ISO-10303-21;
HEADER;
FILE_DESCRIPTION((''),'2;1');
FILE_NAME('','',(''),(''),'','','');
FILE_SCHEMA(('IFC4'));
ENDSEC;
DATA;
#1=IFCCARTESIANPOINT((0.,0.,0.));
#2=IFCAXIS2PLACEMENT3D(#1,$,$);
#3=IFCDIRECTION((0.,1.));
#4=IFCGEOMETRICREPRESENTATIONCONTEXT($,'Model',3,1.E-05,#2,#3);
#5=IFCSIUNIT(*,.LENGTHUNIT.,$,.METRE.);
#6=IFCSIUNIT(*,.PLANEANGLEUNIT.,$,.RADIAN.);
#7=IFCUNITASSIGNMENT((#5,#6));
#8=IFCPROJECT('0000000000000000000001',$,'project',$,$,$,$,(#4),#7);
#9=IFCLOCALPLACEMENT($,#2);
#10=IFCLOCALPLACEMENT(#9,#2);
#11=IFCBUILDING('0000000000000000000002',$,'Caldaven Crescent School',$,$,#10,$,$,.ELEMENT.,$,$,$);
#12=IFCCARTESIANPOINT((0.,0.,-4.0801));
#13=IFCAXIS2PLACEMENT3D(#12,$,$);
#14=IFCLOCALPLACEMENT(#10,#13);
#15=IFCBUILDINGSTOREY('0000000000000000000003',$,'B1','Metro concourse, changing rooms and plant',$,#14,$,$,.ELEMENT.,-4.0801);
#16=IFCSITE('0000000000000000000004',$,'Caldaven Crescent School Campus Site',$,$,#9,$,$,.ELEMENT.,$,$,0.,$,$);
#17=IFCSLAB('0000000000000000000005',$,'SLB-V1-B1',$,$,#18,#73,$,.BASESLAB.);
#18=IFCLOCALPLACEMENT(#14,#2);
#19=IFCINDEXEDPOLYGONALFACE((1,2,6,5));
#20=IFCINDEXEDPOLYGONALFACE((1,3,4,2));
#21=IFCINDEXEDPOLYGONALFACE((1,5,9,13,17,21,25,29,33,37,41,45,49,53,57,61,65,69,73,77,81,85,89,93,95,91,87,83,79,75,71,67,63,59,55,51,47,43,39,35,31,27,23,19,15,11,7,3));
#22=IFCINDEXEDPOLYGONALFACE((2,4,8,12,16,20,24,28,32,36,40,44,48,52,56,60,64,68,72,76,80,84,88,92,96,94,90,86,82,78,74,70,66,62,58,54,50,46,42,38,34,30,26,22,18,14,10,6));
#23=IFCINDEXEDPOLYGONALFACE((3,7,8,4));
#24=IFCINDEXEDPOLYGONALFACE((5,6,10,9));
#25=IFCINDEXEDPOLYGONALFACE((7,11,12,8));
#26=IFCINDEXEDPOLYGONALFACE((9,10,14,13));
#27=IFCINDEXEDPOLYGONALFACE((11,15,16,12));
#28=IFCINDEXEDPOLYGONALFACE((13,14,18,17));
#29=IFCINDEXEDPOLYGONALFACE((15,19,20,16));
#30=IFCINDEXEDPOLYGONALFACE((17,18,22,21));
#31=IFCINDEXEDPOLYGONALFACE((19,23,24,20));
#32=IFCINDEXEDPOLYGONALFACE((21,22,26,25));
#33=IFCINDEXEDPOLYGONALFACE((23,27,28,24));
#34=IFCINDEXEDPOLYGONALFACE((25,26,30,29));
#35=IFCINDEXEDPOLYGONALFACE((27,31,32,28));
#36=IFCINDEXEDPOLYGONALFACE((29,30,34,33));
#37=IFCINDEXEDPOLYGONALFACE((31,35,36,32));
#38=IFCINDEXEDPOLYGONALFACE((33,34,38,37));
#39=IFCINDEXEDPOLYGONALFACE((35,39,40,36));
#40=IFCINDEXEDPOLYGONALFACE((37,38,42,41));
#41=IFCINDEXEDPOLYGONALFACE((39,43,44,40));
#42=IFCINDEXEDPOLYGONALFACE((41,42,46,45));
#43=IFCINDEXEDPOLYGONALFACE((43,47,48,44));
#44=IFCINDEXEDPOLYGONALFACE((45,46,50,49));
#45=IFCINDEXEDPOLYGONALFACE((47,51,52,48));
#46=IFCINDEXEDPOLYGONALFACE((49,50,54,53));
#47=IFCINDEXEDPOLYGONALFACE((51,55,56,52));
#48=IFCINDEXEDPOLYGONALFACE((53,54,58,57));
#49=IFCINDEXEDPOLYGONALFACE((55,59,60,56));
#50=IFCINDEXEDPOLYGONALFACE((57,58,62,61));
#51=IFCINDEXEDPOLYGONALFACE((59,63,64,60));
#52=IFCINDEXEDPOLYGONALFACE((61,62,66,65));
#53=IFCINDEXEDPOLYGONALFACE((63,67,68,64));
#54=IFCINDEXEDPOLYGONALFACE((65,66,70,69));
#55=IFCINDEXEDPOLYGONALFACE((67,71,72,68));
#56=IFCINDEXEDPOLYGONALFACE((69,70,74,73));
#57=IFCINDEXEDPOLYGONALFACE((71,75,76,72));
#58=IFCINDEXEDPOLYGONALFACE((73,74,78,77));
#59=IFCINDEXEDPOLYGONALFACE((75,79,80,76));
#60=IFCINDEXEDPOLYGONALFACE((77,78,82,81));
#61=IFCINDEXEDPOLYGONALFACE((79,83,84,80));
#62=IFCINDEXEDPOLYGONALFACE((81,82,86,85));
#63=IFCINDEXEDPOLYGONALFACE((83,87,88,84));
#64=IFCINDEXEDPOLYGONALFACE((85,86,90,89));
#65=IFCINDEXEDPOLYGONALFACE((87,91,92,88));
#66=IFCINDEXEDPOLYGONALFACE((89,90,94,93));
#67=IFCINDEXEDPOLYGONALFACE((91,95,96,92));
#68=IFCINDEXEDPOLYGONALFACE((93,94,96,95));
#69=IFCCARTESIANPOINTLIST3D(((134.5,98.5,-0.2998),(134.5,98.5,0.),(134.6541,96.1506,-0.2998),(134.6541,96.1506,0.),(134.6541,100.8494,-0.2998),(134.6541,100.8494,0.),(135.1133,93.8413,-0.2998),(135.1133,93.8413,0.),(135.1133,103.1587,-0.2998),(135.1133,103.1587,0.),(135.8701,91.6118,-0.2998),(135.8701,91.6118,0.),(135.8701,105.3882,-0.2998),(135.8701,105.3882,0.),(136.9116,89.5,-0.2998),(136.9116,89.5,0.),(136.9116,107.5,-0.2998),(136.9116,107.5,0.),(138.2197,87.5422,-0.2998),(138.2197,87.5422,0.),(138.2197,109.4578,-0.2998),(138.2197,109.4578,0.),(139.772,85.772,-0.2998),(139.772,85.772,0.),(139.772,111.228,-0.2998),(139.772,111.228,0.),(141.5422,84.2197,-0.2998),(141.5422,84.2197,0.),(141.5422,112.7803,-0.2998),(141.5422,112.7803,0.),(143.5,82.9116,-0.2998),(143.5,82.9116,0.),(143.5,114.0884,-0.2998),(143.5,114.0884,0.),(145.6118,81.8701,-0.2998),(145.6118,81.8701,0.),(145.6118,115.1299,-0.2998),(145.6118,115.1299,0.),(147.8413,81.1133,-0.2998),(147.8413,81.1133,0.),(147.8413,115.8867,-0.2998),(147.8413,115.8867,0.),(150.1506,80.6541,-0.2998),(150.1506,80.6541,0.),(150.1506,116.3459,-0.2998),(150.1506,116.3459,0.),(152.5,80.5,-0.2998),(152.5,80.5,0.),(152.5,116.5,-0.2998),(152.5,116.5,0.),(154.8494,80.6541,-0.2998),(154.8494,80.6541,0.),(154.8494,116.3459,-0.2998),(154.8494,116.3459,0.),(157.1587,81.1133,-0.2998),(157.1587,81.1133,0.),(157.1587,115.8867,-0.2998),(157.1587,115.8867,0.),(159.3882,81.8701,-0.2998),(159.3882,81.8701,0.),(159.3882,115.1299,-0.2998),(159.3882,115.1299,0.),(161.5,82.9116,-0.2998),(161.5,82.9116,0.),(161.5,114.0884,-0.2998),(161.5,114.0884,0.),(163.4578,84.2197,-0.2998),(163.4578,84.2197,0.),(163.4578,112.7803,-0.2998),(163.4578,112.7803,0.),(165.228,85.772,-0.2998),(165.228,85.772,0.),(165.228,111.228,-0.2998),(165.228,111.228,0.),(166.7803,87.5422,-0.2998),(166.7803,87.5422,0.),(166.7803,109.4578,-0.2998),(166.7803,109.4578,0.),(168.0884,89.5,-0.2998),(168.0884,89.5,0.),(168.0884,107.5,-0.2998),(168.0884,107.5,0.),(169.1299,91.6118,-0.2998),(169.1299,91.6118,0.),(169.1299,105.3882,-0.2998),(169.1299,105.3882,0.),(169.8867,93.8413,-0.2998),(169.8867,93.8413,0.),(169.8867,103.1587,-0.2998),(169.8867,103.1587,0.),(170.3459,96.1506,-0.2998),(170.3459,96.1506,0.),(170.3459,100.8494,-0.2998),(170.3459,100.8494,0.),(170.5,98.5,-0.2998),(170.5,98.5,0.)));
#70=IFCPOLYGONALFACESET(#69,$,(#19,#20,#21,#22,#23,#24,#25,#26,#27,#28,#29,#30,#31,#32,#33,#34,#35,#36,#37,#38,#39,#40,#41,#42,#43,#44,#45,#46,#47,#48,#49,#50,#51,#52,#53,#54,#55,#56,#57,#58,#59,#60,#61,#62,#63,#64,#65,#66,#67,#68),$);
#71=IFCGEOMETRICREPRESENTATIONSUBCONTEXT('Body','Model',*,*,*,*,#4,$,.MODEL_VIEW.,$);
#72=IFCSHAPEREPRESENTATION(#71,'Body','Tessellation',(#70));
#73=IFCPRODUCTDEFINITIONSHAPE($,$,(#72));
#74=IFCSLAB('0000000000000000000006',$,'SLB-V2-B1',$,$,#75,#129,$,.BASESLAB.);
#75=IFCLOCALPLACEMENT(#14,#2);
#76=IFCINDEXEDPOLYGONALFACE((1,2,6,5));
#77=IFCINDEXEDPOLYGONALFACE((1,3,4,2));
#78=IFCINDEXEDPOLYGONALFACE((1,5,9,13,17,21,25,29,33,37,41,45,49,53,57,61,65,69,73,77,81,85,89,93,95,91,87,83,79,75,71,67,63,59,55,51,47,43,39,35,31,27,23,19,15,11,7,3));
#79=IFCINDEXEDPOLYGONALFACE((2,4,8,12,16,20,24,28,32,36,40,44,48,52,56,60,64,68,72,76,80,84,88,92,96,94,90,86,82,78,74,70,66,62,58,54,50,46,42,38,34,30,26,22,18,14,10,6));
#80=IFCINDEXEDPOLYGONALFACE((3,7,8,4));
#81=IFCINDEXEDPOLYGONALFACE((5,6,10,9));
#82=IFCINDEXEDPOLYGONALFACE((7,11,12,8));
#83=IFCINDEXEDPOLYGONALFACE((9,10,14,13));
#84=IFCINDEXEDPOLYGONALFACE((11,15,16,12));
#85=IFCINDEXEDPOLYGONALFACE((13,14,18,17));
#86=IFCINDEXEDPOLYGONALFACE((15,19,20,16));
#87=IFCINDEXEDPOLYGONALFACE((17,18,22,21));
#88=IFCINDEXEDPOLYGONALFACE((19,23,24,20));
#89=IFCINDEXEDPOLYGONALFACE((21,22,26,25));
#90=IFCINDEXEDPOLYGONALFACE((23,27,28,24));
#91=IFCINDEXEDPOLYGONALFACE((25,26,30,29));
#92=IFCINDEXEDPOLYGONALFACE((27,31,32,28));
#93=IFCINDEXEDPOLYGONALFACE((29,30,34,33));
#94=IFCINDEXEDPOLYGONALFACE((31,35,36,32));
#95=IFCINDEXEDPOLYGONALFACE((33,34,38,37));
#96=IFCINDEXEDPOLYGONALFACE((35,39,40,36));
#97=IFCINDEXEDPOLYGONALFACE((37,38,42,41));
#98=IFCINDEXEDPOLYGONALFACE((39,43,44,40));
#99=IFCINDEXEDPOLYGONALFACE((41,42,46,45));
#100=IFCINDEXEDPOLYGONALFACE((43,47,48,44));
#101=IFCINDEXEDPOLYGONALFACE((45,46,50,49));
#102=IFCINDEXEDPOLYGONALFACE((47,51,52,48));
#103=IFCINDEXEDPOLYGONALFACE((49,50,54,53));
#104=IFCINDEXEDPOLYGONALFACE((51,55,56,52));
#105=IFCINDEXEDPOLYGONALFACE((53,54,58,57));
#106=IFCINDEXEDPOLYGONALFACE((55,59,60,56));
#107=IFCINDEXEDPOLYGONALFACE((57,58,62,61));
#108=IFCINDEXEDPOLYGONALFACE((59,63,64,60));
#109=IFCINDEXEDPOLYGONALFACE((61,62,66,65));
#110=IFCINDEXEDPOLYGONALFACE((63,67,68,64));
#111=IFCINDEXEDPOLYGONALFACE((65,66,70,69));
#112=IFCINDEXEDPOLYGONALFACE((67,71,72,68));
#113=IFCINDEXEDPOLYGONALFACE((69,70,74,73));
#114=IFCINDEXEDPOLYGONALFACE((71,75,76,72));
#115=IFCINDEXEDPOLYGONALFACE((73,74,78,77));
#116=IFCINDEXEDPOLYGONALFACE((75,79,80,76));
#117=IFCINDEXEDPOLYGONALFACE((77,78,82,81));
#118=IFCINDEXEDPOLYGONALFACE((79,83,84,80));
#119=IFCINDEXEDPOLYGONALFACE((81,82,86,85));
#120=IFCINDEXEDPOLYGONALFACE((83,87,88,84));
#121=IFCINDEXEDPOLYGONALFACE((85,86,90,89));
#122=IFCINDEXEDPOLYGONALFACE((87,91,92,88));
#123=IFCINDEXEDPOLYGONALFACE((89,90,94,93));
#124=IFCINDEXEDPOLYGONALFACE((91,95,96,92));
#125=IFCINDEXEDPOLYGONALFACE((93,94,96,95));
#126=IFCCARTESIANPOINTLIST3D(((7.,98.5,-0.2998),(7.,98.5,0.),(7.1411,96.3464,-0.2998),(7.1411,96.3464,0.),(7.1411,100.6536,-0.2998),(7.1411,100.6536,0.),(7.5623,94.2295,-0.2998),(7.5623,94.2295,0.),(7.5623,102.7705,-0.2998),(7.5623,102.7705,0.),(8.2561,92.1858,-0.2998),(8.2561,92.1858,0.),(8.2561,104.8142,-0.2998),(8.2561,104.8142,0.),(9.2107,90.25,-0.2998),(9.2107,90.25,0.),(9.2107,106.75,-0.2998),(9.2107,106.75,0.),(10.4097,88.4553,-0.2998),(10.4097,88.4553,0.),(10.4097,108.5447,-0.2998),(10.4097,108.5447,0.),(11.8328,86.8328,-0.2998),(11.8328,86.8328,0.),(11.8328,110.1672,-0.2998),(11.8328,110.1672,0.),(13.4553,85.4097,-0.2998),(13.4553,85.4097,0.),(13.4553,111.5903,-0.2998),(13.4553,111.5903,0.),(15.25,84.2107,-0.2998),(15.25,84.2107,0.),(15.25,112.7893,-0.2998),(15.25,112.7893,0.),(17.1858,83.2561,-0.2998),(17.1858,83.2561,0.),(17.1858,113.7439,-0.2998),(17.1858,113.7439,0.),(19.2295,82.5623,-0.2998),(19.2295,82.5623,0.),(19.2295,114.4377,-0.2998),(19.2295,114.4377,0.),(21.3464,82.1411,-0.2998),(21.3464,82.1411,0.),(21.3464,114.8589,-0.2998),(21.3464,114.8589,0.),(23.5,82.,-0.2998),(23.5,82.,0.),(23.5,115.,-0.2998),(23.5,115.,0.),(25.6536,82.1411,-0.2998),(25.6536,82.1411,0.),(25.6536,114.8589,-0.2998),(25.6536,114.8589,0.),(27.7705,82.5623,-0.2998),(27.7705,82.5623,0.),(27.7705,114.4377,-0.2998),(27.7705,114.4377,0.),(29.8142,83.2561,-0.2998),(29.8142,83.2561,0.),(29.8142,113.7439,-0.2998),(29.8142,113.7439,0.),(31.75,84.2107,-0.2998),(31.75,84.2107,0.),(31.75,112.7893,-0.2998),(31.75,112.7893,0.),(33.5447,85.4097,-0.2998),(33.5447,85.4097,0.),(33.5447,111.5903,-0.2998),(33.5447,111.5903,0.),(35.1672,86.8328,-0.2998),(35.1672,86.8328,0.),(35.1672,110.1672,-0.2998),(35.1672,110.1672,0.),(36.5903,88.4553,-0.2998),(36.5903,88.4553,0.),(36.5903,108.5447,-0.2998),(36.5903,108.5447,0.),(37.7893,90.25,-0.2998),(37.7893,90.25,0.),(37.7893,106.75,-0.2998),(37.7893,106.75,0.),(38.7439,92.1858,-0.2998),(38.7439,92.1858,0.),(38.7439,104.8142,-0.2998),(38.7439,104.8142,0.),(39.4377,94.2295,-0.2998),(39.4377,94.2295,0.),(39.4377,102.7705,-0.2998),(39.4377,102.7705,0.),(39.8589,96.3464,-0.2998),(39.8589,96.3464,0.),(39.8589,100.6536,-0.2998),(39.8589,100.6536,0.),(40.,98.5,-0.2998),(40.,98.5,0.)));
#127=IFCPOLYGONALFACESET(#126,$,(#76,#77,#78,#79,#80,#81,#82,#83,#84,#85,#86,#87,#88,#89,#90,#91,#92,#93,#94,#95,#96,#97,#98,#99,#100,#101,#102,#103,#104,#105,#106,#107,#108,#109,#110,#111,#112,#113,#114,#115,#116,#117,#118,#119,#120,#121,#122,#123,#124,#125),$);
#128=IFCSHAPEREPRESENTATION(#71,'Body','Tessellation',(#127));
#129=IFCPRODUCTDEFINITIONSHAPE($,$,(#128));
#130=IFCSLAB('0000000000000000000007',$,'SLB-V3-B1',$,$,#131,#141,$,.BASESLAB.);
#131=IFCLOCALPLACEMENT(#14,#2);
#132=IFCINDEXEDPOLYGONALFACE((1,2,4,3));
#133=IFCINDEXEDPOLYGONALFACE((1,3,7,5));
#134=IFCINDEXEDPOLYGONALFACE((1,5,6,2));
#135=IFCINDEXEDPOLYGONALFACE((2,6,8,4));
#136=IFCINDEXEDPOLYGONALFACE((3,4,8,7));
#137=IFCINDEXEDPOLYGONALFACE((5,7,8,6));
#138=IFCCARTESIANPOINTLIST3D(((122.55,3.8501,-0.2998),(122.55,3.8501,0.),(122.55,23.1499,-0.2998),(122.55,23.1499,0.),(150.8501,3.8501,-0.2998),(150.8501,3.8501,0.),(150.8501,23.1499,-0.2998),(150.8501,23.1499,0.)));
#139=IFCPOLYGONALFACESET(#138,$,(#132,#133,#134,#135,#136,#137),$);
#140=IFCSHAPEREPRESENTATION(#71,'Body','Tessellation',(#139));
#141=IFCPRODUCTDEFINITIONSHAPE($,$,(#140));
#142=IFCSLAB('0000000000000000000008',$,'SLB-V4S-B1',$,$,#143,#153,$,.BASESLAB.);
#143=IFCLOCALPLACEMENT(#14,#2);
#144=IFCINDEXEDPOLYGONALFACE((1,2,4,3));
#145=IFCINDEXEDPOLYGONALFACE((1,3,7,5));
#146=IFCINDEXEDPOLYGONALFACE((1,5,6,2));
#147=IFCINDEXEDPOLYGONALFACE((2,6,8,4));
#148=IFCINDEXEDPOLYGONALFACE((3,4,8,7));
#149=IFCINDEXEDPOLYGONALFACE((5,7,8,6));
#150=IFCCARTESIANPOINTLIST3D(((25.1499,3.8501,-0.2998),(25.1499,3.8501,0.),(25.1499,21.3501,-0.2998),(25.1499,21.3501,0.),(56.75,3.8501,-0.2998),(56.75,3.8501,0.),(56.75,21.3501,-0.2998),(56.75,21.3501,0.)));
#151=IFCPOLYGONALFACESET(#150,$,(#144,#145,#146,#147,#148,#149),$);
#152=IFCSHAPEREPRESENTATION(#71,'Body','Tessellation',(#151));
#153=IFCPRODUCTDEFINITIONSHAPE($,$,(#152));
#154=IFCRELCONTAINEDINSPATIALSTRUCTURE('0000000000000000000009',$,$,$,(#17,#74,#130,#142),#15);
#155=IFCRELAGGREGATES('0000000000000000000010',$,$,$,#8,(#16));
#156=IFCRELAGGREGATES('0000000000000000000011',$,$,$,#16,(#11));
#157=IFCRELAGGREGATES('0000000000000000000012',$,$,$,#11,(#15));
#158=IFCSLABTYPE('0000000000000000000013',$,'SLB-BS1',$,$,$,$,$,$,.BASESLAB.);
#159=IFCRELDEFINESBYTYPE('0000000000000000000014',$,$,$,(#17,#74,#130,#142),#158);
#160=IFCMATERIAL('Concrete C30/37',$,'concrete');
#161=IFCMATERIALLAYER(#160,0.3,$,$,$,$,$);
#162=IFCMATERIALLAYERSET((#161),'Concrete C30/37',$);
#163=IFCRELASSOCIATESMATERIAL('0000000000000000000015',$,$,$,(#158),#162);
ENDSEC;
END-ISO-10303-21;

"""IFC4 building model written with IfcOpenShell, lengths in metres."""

from ifc_helpers import new_model, si_unit, direction, frame, origin, place, context, subcontext, project, spatial, polyline, outline, extrude, material, layer, layer_set, type_object, element, save


model = new_model("IFC4")

# Units and contexts
model_context = context("Model", 3, precision=1e-05, world=origin(), true_north=direction((0.0, 1.0)))
body_context = subcontext(model_context, "Body", "Model", "MODEL_VIEW")
ifc_project = project(units=[si_unit("LENGTHUNIT", "METRE"), si_unit("PLANEANGLEUNIT", "RADIAN")], contexts=[model_context])

# Site, building, storey
site_placement = place(None, origin())
site = spatial("IfcSite", under=ifc_project, at=site_placement, Name="Caldaven Crescent School Campus Site", CompositionType="ELEMENT", RefElevation=0.0)
building_placement = place(site_placement, origin())
building = spatial("IfcBuilding", under=site, at=building_placement, Name="Caldaven Crescent School", CompositionType="ELEMENT")
storey_placement = place(building_placement, frame((0.0, 0.0, -4.0801)))
storey = spatial("IfcBuildingStorey", under=building, at=storey_placement, Name="B1", Description="Metro concourse, changing rooms and plant", CompositionType="ELEMENT", Elevation=-4.0801)

# Slabs
ifc_material_1 = material(Name="Concrete C30/37", Category="concrete")
ifc_layer_1 = layer(ifc_material_1, 0.3)
ifc_layer_set_1 = layer_set([ifc_layer_1], Name="Concrete C30/37")
slab_type = type_object("IfcSlabType", Name="SLB-BS1", PredefinedType="BASESLAB", material=ifc_layer_set_1)
slab_1_placement = place(storey_placement, frame((0.0, 0.0, -0.2998)))
element("IfcSlab", 1, at=slab_1_placement, inside=storey, type_object=slab_type, Name="SLB-V1-B1", PredefinedType="BASESLAB", context=body_context, shape_type="SweptSolid", body=[
    extrude(outline(polyline([(170.5, 98.5), (170.3459, 100.8494), (169.8867, 103.1587), (169.1299, 105.3882), (168.0884, 107.5), (166.7803, 109.4578), (165.228, 111.228), (163.4578, 112.7803), (161.5, 114.0884), (159.3882, 115.1299), (157.1587, 115.8867), (154.8494, 116.3459), (152.5, 116.5), (150.1506, 116.3459), (147.8413, 115.8867), (145.6118, 115.1299), (143.5, 114.0884), (141.5422, 112.7803), (139.772, 111.228), (138.2197, 109.4578), (136.9116, 107.5), (135.8701, 105.3882), (135.1133, 103.1587), (134.6541, 100.8494), (134.5, 98.5), (134.6541, 96.1506), (135.1133, 93.8413), (135.8701, 91.6118), (136.9116, 89.5), (138.2197, 87.5422), (139.772, 85.772), (141.5422, 84.2197), (143.5, 82.9116), (145.6118, 81.8701), (147.8413, 81.1133), (150.1506, 80.6541), (152.5, 80.5), (154.8494, 80.6541), (157.1587, 81.1133), (159.3882, 81.8701), (161.5, 82.9116), (163.4578, 84.2197), (165.228, 85.772), (166.7803, 87.5422), (168.0884, 89.5), (169.1299, 91.6118), (169.8867, 93.8413), (170.3459, 96.1506), (170.5, 98.5)])), origin(), (0.0, 0.0, 1.0), 0.2998),
])
slab_2_placement = place(storey_placement, frame((0.0, 0.0, -0.2998)))
element("IfcSlab", 2, at=slab_2_placement, inside=storey, type_object=slab_type, Name="SLB-V2-B1", PredefinedType="BASESLAB", context=body_context, shape_type="SweptSolid", body=[
    extrude(outline(polyline([(40.0, 98.5), (39.8589, 100.6536), (39.4377, 102.7705), (38.7439, 104.8142), (37.7893, 106.75), (36.5903, 108.5447), (35.1672, 110.1672), (33.5447, 111.5903), (31.75, 112.7893), (29.8142, 113.7439), (27.7705, 114.4377), (25.6536, 114.8589), (23.5, 115.0), (21.3464, 114.8589), (19.2295, 114.4377), (17.1858, 113.7439), (15.25, 112.7893), (13.4553, 111.5903), (11.8328, 110.1672), (10.4097, 108.5447), (9.2107, 106.75), (8.2561, 104.8142), (7.5623, 102.7705), (7.1411, 100.6536), (7.0, 98.5), (7.1411, 96.3464), (7.5623, 94.2295), (8.2561, 92.1858), (9.2107, 90.25), (10.4097, 88.4553), (11.8328, 86.8328), (13.4553, 85.4097), (15.25, 84.2107), (17.1858, 83.2561), (19.2295, 82.5623), (21.3464, 82.1411), (23.5, 82.0), (25.6536, 82.1411), (27.7705, 82.5623), (29.8142, 83.2561), (31.75, 84.2107), (33.5447, 85.4097), (35.1672, 86.8328), (36.5903, 88.4553), (37.7893, 90.25), (38.7439, 92.1858), (39.4377, 94.2295), (39.8589, 96.3464), (40.0, 98.5)])), origin(), (0.0, 0.0, 1.0), 0.2998),
])
slab_3_placement = place(storey_placement, frame((0.0, 0.0, -0.2998)))
element("IfcSlab", 3, at=slab_3_placement, inside=storey, type_object=slab_type, Name="SLB-V3-B1", PredefinedType="BASESLAB", context=body_context, shape_type="SweptSolid", body=[
    extrude(outline(polyline([(122.55, 3.8501), (150.8501, 3.8501), (150.8501, 23.1499), (122.55, 23.1499), (122.55, 3.8501)])), origin(), (0.0, 0.0, 1.0), 0.2998),
])
slab_4_placement = place(storey_placement, frame((0.0, 0.0, -0.2998)))
element("IfcSlab", 4, at=slab_4_placement, inside=storey, type_object=slab_type, Name="SLB-V4S-B1", PredefinedType="BASESLAB", context=body_context, shape_type="SweptSolid", body=[
    extrude(outline(polyline([(25.1499, 3.8501), (56.75, 3.8501), (56.75, 21.3501), (25.1499, 21.3501), (25.1499, 3.8501)])), origin(), (0.0, 0.0, 1.0), 0.2998),
])

save(model, "model.ifc")
